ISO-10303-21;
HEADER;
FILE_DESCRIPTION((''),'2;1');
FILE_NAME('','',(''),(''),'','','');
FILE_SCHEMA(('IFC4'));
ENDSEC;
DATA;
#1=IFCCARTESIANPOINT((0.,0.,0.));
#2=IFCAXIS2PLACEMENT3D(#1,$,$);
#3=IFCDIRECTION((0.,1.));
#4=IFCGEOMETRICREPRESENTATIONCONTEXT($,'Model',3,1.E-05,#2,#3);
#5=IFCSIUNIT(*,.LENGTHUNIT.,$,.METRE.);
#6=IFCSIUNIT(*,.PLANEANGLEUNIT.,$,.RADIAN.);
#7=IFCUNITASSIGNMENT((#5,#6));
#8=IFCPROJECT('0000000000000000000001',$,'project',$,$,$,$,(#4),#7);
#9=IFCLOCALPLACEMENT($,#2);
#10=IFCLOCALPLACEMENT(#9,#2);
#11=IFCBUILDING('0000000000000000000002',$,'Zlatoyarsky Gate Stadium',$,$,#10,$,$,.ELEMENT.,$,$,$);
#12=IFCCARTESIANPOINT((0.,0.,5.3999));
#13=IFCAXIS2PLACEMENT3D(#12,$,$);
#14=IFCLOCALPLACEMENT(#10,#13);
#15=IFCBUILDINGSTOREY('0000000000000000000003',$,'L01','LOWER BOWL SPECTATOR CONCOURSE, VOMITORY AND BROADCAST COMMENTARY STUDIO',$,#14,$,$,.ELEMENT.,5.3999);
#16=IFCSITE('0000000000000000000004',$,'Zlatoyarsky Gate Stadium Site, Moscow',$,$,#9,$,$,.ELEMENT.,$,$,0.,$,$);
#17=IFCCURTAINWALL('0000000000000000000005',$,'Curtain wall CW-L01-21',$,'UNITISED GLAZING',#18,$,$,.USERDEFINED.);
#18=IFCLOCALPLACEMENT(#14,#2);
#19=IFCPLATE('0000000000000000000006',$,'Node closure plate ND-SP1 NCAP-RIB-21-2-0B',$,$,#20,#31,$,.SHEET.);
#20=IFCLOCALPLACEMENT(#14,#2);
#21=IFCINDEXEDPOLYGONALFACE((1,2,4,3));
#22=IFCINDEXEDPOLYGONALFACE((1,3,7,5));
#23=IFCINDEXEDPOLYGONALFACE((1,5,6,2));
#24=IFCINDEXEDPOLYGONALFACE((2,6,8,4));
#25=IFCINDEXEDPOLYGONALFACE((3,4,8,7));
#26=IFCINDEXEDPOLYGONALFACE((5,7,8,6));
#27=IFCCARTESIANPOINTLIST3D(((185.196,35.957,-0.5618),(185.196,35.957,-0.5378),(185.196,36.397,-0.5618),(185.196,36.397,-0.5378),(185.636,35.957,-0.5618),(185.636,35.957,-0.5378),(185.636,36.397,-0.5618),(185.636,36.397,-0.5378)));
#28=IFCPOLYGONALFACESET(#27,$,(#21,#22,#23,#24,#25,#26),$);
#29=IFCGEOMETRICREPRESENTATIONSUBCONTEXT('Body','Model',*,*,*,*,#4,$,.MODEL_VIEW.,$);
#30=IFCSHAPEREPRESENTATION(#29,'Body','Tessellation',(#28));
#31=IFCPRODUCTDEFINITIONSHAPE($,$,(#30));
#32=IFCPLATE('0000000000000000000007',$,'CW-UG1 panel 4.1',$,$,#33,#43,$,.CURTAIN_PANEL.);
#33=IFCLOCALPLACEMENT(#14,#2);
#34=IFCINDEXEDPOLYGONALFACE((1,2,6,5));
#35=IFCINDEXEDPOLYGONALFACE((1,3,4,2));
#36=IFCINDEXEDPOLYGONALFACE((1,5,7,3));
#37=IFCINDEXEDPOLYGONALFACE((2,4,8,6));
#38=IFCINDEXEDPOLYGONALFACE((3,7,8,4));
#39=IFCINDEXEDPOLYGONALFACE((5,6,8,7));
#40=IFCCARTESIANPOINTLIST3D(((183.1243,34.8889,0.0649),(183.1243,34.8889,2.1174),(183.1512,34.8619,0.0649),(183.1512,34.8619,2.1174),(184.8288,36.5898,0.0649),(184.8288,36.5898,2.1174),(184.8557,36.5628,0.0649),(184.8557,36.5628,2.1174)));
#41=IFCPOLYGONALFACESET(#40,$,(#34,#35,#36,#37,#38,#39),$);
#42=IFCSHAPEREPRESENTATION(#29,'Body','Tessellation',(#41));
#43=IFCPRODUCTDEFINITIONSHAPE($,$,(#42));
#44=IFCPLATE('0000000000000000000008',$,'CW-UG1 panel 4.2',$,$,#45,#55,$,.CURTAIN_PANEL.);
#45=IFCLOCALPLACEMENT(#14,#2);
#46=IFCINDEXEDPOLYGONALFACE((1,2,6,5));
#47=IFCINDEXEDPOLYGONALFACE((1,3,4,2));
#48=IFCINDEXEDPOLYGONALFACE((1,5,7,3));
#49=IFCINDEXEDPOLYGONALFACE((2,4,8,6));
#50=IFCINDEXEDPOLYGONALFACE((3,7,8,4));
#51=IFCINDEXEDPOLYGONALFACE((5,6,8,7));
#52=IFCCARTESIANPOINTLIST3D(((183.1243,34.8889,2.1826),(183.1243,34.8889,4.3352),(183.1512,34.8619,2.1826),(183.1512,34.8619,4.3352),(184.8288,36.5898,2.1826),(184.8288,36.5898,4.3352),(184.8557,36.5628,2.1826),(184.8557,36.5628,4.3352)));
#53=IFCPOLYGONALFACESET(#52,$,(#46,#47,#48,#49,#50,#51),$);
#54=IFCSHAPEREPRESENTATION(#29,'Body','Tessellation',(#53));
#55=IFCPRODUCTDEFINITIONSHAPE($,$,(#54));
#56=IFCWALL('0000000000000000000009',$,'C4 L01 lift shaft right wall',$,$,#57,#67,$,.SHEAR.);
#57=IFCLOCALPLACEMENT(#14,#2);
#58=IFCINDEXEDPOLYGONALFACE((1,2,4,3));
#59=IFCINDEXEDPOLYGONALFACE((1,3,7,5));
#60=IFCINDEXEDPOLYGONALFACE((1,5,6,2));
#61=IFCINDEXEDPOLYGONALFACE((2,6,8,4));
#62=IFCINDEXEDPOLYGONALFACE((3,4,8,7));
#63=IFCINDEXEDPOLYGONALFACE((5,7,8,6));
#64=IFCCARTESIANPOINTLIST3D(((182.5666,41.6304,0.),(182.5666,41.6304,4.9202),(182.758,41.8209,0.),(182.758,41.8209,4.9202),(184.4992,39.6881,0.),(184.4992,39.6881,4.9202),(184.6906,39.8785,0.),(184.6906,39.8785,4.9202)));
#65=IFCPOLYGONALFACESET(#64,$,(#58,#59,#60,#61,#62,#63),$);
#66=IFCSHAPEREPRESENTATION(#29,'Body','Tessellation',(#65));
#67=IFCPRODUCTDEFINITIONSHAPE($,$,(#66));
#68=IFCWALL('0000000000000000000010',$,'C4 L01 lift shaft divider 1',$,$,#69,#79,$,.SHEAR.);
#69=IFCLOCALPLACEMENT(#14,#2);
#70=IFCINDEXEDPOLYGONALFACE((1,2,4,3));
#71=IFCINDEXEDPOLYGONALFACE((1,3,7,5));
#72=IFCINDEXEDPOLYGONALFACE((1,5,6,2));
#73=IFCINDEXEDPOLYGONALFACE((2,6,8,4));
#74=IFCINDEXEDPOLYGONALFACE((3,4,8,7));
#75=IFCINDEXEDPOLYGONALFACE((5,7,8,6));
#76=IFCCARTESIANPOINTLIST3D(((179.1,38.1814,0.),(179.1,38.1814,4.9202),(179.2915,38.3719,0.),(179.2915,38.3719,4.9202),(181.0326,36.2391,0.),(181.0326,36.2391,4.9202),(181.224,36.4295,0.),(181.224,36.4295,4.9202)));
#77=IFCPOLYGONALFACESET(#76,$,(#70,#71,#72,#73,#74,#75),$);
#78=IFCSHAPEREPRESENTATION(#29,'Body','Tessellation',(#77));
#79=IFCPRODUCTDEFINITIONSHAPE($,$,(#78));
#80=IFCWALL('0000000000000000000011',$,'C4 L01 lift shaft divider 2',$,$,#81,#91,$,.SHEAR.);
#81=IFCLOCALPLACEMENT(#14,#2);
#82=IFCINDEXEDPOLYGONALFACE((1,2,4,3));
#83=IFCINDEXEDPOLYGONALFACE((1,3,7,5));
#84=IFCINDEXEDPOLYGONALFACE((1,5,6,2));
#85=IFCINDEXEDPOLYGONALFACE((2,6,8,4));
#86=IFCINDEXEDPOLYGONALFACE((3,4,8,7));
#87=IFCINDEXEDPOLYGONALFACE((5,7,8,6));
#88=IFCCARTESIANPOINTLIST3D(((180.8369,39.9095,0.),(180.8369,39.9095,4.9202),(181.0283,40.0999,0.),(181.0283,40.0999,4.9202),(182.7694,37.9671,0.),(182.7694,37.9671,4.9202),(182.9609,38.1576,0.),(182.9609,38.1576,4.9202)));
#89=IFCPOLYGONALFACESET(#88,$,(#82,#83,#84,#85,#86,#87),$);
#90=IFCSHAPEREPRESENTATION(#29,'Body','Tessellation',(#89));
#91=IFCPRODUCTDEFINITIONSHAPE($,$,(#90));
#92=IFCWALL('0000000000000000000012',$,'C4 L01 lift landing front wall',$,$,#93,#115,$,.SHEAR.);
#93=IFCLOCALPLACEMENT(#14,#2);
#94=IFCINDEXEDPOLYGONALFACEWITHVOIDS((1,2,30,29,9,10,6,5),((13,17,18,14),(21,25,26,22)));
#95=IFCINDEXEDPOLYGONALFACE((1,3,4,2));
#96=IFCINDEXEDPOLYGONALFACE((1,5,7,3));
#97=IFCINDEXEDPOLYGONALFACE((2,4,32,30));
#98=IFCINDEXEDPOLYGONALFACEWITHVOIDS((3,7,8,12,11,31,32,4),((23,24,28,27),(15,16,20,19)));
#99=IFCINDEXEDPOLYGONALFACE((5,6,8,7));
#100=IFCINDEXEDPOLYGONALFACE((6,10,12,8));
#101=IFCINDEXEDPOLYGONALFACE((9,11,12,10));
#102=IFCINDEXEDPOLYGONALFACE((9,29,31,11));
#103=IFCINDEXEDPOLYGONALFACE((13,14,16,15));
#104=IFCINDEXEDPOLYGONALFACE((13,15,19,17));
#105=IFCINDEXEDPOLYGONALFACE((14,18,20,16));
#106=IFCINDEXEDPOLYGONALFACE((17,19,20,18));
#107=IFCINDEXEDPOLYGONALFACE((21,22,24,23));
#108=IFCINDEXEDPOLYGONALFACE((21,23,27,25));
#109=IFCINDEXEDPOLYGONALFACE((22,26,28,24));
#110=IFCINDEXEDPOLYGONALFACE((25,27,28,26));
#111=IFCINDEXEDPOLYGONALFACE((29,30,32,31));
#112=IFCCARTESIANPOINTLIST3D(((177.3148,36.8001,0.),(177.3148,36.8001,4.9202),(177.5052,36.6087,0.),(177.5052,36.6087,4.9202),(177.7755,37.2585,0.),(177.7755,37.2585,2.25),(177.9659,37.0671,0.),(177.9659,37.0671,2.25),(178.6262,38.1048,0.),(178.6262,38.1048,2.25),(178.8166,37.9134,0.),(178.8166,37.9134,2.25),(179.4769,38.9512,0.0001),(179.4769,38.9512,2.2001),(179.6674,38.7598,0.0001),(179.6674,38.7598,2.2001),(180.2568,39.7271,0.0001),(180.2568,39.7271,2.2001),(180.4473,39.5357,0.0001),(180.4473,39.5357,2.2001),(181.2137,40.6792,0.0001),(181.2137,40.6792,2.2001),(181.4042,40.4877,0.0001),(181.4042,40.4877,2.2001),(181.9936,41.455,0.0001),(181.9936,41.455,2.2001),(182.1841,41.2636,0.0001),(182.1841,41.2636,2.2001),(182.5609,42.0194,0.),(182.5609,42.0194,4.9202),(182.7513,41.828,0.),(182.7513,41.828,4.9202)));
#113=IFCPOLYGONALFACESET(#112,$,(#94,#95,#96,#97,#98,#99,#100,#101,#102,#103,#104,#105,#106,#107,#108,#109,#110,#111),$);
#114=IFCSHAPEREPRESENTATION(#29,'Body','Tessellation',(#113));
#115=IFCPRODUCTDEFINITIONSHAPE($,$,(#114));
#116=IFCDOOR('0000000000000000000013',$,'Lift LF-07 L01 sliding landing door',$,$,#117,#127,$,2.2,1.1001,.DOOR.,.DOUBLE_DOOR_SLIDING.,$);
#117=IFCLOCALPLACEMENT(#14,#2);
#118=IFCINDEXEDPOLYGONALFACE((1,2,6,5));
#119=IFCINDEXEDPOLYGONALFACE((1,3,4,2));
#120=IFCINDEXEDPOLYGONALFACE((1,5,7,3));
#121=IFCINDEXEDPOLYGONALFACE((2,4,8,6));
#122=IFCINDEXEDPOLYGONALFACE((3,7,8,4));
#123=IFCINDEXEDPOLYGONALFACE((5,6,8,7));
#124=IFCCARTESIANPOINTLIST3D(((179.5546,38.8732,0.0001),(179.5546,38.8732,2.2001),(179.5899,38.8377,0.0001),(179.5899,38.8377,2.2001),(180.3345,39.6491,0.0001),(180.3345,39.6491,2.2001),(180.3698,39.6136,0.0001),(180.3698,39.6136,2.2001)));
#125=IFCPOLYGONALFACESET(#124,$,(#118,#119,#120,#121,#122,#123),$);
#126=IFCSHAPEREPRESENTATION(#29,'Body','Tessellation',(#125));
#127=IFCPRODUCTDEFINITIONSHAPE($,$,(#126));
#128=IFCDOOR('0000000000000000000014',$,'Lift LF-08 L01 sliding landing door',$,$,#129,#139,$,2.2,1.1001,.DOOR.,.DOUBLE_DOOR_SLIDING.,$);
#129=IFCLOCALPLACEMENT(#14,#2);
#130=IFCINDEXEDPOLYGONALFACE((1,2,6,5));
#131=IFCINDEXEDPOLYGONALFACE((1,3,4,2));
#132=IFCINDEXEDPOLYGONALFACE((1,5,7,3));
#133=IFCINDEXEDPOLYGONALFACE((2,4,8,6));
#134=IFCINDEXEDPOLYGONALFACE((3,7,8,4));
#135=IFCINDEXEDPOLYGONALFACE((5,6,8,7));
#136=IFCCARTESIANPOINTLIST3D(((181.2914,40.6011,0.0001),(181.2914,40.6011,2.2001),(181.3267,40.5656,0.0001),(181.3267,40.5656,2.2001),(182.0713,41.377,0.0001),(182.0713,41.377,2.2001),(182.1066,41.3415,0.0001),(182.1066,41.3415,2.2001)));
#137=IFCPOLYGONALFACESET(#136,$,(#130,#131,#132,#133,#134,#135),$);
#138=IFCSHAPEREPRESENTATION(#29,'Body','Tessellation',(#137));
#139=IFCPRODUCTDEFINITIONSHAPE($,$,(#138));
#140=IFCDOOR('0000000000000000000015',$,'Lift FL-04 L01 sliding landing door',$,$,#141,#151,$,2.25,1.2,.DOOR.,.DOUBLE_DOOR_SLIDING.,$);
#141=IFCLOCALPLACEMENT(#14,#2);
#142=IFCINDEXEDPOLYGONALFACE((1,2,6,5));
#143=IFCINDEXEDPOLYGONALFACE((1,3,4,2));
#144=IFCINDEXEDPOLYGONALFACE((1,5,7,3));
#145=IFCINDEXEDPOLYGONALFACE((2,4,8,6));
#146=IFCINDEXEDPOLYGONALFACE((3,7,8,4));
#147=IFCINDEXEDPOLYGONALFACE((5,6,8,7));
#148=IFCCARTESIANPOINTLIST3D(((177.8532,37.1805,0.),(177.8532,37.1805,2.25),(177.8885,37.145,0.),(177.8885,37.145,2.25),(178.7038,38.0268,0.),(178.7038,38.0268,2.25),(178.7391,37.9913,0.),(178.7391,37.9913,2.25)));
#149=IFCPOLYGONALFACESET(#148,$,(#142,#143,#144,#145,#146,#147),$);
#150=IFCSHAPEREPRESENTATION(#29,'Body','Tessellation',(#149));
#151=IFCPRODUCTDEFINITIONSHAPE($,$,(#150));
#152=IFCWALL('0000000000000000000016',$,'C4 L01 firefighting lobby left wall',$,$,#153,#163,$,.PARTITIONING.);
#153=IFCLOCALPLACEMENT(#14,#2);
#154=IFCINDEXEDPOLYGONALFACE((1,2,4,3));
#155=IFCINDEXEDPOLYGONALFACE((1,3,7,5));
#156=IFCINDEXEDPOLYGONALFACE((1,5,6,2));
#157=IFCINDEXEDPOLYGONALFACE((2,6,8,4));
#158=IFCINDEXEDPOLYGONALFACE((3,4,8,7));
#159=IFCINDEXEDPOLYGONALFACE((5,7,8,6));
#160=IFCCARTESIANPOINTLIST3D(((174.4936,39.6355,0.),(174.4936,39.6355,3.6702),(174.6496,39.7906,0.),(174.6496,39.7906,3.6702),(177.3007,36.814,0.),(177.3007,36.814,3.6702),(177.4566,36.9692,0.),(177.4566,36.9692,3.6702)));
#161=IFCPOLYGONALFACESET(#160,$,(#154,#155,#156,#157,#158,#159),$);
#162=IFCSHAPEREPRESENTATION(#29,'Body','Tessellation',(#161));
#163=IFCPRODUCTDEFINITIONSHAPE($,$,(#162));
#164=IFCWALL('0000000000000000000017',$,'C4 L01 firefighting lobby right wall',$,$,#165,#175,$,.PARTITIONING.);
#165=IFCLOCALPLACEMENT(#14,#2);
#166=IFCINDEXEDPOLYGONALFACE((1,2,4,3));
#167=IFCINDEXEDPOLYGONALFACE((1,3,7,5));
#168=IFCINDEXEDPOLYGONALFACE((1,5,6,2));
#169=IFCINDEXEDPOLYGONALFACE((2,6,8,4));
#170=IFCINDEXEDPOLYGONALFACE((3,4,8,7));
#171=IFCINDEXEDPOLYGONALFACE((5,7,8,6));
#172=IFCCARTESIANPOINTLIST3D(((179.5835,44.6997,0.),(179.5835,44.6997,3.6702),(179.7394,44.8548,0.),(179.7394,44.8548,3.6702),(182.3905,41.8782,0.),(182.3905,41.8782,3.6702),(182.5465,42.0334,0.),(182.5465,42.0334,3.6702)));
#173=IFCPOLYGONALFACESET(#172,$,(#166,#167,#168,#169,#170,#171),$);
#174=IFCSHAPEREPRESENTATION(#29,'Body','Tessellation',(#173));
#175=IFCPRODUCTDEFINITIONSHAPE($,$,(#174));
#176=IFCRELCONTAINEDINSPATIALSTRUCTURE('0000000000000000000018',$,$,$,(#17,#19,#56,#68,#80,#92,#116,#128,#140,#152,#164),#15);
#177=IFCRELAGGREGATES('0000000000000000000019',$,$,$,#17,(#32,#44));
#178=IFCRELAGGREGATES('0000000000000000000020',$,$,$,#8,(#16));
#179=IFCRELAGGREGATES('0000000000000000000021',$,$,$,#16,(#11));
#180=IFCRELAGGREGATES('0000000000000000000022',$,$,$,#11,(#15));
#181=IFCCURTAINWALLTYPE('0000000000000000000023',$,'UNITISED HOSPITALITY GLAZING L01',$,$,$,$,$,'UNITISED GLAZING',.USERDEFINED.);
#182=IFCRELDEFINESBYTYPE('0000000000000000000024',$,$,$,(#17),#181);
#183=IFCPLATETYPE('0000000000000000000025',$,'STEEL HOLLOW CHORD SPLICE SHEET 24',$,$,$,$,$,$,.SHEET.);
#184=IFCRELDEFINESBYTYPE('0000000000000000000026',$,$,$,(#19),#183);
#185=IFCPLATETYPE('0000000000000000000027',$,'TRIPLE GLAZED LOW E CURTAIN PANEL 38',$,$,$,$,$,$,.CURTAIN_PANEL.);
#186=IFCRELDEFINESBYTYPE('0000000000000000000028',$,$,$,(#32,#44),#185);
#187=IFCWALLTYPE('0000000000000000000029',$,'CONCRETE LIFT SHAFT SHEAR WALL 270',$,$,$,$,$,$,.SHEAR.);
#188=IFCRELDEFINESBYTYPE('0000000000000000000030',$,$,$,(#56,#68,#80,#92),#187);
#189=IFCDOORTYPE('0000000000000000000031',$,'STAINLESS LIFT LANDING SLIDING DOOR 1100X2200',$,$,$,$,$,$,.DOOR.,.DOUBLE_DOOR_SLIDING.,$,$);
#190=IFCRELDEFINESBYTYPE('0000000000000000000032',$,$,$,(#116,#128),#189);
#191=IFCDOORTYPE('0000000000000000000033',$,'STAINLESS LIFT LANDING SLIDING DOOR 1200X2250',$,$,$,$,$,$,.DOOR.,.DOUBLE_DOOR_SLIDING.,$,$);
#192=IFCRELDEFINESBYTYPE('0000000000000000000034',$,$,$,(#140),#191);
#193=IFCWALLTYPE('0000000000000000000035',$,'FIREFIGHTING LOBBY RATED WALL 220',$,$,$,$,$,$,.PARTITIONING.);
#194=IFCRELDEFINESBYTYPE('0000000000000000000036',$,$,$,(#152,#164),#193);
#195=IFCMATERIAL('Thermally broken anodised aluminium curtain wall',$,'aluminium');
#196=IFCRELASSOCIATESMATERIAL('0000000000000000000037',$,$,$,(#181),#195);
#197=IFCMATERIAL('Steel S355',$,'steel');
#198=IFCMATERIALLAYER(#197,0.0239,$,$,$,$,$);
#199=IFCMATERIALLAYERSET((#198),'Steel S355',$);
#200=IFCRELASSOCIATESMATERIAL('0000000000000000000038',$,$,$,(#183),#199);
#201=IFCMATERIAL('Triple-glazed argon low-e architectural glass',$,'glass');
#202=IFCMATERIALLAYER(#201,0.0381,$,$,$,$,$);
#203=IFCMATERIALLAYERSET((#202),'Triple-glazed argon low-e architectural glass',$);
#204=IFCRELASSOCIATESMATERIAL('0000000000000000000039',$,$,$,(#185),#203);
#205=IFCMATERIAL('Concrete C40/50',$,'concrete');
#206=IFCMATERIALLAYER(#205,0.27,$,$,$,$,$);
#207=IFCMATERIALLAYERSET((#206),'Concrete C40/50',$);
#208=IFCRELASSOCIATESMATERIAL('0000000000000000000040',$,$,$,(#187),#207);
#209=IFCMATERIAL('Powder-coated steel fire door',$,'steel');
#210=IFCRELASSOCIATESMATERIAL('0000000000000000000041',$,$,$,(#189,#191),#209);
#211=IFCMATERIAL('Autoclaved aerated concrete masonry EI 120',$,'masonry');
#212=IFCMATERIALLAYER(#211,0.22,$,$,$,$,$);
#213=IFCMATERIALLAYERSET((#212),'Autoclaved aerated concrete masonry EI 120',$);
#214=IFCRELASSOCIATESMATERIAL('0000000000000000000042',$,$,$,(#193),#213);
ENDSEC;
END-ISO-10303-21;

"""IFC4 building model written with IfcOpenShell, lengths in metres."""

from ifc_helpers import new_model, si_unit, direction, frame, frame_2d, origin, origin_2d, place, context, subcontext, project, spatial, rectangle, extrude, material, layer, layer_set, type_object, element, fill, aggregate, save


model = new_model("IFC4")

# Units and contexts
model_context = context("Model", 3, precision=1e-05, world=origin(), true_north=direction((0.0, 1.0)))
body_context = subcontext(model_context, "Body", "Model", "MODEL_VIEW")
ifc_project = project(units=[si_unit("LENGTHUNIT", "METRE"), si_unit("PLANEANGLEUNIT", "RADIAN")], contexts=[model_context])

# Site, building, storey
site_placement = place(None, origin())
site = spatial("IfcSite", under=ifc_project, at=site_placement, Name="Zlatoyarsky Gate Stadium Site, Moscow", CompositionType="ELEMENT", RefElevation=0.0)
building_placement = place(site_placement, origin())
building = spatial("IfcBuilding", under=site, at=building_placement, Name="Zlatoyarsky Gate Stadium", CompositionType="ELEMENT")
storey_placement = place(building_placement, frame((0.0, 0.0, 5.3999)))
storey = spatial("IfcBuildingStorey", under=building, at=storey_placement, Name="L01", Description="LOWER BOWL SPECTATOR CONCOURSE, VOMITORY AND BROADCAST COMMENTARY STUDIO", CompositionType="ELEMENT", Elevation=5.3999)

# Shared definitions
ifc_material_1 = material(Name="Concrete C40/50", Category="concrete")

# Curtain wall
ifc_material_2 = material(Name="Thermally broken anodised aluminium curtain wall", Category="aluminium")
curtain_wall_type = type_object("IfcCurtainWallType", Name="UNITISED HOSPITALITY GLAZING L01", ElementType="UNITISED GLAZING", PredefinedType="USERDEFINED", material=ifc_material_2)
curtain_wall_placement = place(storey_placement, origin())
curtain_wall = element("IfcCurtainWall", 1, at=curtain_wall_placement, inside=storey, type_object=curtain_wall_type, Name="Curtain wall CW-L01-21", ObjectType="UNITISED GLAZING", PredefinedType="USERDEFINED")

# Shared definitions
ifc_material_3 = material(Name="Steel S355", Category="steel")

# Plates
ifc_layer_1 = layer(ifc_material_3, 0.0239)
ifc_layer_set_1 = layer_set([ifc_layer_1], Name="Steel S355")
plate_type_1 = type_object("IfcPlateType", Name="STEEL HOLLOW CHORD SPLICE SHEET 24", PredefinedType="SHEET", material=ifc_layer_set_1)
plate_1_placement = place(storey_placement, frame((185.416, 36.177, -0.5618), z_axis=(0.0, 0.0, 1.0), x_axis=(1.0, 0.0, 0.0)))
element("IfcPlate", 2, at=plate_1_placement, inside=storey, type_object=plate_type_1, Name="Node closure plate ND-SP1 NCAP-RIB-21-2-0B", PredefinedType="SHEET", context=body_context, shape_type="SweptSolid", body=[
    extrude(rectangle(XDim=0.4399, YDim=0.4399, at=origin_2d()), origin(), (0.0, 0.0, 1.0), 0.0239),
])
ifc_material_4 = material(Name="Triple-glazed argon low-e architectural glass", Category="glass")
ifc_layer_2 = layer(ifc_material_4, 0.0381)
ifc_layer_set_2 = layer_set([ifc_layer_2], Name="Triple-glazed argon low-e architectural glass")
plate_type_2 = type_object("IfcPlateType", Name="TRIPLE GLAZED LOW E CURTAIN PANEL 38", PredefinedType="CURTAIN_PANEL", material=ifc_layer_set_2)
plate_2_placement = place(storey_placement, frame((183.99, 35.7258, 0.0649), z_axis=(0.0, 0.0, 1.0), x_axis=(0.707842, 0.706371, 0.0)))
plate_2 = element("IfcPlate", 3, at=plate_2_placement, type_object=plate_type_2, Name="CW-UG1 panel 4.1", PredefinedType="CURTAIN_PANEL", context=body_context, shape_type="SweptSolid", body=[
    extrude(rectangle(XDim=2.408, YDim=0.0381, at=origin_2d()), origin(), (0.0, 0.0, 1.0), 2.0525),
])
plate_3_placement = place(storey_placement, frame((183.99, 35.7258, 2.1826), z_axis=(0.0, 0.0, 1.0), x_axis=(0.707842, 0.706371, 0.0)))
plate_3 = element("IfcPlate", 4, at=plate_3_placement, type_object=plate_type_2, Name="CW-UG1 panel 4.2", PredefinedType="CURTAIN_PANEL", context=body_context, shape_type="SweptSolid", body=[
    extrude(rectangle(XDim=2.408, YDim=0.0381, at=origin_2d()), origin(), (0.0, 0.0, 1.0), 2.1526),
])
aggregate(curtain_wall, [plate_2, plate_3])

# Walls
ifc_layer_3 = layer(ifc_material_1, 0.27)
ifc_layer_set_3 = layer_set([ifc_layer_3], Name="Concrete C40/50")
wall_type_1 = type_object("IfcWallType", Name="CONCRETE LIFT SHAFT SHEAR WALL 270", PredefinedType="SHEAR", material=ifc_layer_set_3)
for number, where, z_axis, x_axis, name in (
    (5, (184.595, 39.7832, 0.0), (0.0, 0.0, 1.0), (-0.705323, 0.708887, 0.0), "C4 L01 lift shaft right wall"),
    (6, (181.1284, 36.3342, 0.0), (0.0, 0.0, 1.0), (-0.705323, 0.708887, 0.0), "C4 L01 lift shaft divider 1"),
    (7, (182.8652, 38.0623, 0.0), (0.0, 0.0, 1.0), (-0.705323, 0.708887, 0.0), "C4 L01 lift shaft divider 2"),
):
    element("IfcWall", number, at=place(storey_placement, frame(where, z_axis=z_axis, x_axis=x_axis)), inside=storey, type_object=wall_type_1, Name=name, PredefinedType="SHEAR", context=body_context, shape_type="SweptSolid", body=[
        extrude(rectangle(XDim=2.74, YDim=0.27, at=frame_2d((1.3701, 0.0))), origin(), (0.0, 0.0, 1.0), 4.9202),
    ])

# Wall, openings, doors
wall_1_placement = place(storey_placement, frame((177.4099, 36.7043, 0.0), z_axis=(0.0, 0.0, 1.0), x_axis=(0.708919, 0.70529, 0.0)))
wall_1 = element("IfcWall", 8, at=wall_1_placement, inside=storey, type_object=wall_type_1, Name="C4 L01 lift landing front wall", PredefinedType="SHEAR", context=body_context, shape_type="SweptSolid", body=[
    extrude(rectangle(XDim=7.4001, YDim=0.27, at=frame_2d((3.7002, 0.0))), origin(), (0.0, 0.0, 1.0), 4.9202),
])
opening_1_placement = place(wall_1_placement, frame((0.6499, 0.0, 0.0)))
opening_1 = element("IfcOpeningElement", 9, at=opening_1_placement, cuts=wall_1, PredefinedType="OPENING", context=body_context, shape_type="SweptSolid", body=[
    extrude(rectangle(XDim=1.2, YDim=2.25, at=frame_2d((0.6001, 1.125))), frame((0.0, 0.145, 0.0), z_axis=(0.0, -1.0, 0.0), x_axis=(1.0, 0.0, 0.0)), (0.0, 0.0, 1.0), 0.29),
])
opening_2_placement = place(wall_1_placement, frame((3.05, 0.0, 0.0)))
opening_2 = element("IfcOpeningElement", 10, at=opening_2_placement, cuts=wall_1, PredefinedType="OPENING", context=body_context, shape_type="SweptSolid", body=[
    extrude(rectangle(XDim=1.1001, YDim=2.2, at=frame_2d((0.55, 1.1001))), frame((0.0, 0.145, 0.0), z_axis=(0.0, -1.0, 0.0), x_axis=(1.0, 0.0, 0.0)), (0.0, 0.0, 1.0), 0.29),
])
opening_3_placement = place(wall_1_placement, frame((5.5, 0.0, 0.0)))
opening_3 = element("IfcOpeningElement", 11, at=opening_3_placement, cuts=wall_1, PredefinedType="OPENING", context=body_context, shape_type="SweptSolid", body=[
    extrude(rectangle(XDim=1.1001, YDim=2.2, at=frame_2d((0.55, 1.1001))), frame((0.0, 0.145, 0.0), z_axis=(0.0, -1.0, 0.0), x_axis=(1.0, 0.0, 0.0)), (0.0, 0.0, 1.0), 0.29),
])
ifc_material_5 = material(Name="Powder-coated steel fire door", Category="steel")
door_type_1 = type_object("IfcDoorType", Name="STAINLESS LIFT LANDING SLIDING DOOR 1100X2200", OperationType="DOUBLE_DOOR_SLIDING", PredefinedType="DOOR", material=ifc_material_5)
door_1_placement = place(opening_2_placement, origin())
door_1 = element("IfcDoor", 12, at=door_1_placement, inside=storey, type_object=door_type_1, Name="Lift LF-07 L01 sliding landing door", OperationType="DOUBLE_DOOR_SLIDING", OverallHeight=2.2, OverallWidth=1.1001, PredefinedType="DOOR", context=body_context, shape_type="SweptSolid", body=[
    extrude(rectangle(XDim=1.1001, YDim=2.2, at=frame_2d((0.55, 1.1001))), frame((0.0, 0.0249, 0.0), z_axis=(0.0, -1.0, 0.0), x_axis=(1.0, 0.0, 0.0)), (0.0, 0.0, 1.0), 0.05),
])
fill(opening_2, door_1)
door_2_placement = place(opening_3_placement, origin())
door_2 = element("IfcDoor", 13, at=door_2_placement, inside=storey, type_object=door_type_1, Name="Lift LF-08 L01 sliding landing door", OperationType="DOUBLE_DOOR_SLIDING", OverallHeight=2.2, OverallWidth=1.1001, PredefinedType="DOOR", context=body_context, shape_type="SweptSolid", body=[
    extrude(rectangle(XDim=1.1001, YDim=2.2, at=frame_2d((0.55, 1.1001))), frame((0.0, 0.0249, 0.0), z_axis=(0.0, -1.0, 0.0), x_axis=(1.0, 0.0, 0.0)), (0.0, 0.0, 1.0), 0.05),
])
fill(opening_3, door_2)
door_type_2 = type_object("IfcDoorType", Name="STAINLESS LIFT LANDING SLIDING DOOR 1200X2250", OperationType="DOUBLE_DOOR_SLIDING", PredefinedType="DOOR", material=ifc_material_5)
door_3_placement = place(opening_1_placement, origin())
door_3 = element("IfcDoor", 14, at=door_3_placement, inside=storey, type_object=door_type_2, Name="Lift FL-04 L01 sliding landing door", OperationType="DOUBLE_DOOR_SLIDING", OverallHeight=2.25, OverallWidth=1.2, PredefinedType="DOOR", context=body_context, shape_type="SweptSolid", body=[
    extrude(rectangle(XDim=1.2, YDim=2.25, at=frame_2d((0.6001, 1.125))), frame((0.0, 0.0249, 0.0), z_axis=(0.0, -1.0, 0.0), x_axis=(1.0, 0.0, 0.0)), (0.0, 0.0, 1.0), 0.05),
])
fill(opening_1, door_3)

# Walls
ifc_material_6 = material(Name="Autoclaved aerated concrete masonry EI 120", Category="masonry")
ifc_layer_4 = layer(ifc_material_6, 0.22)
ifc_layer_set_4 = layer_set([ifc_layer_4], Name="Autoclaved aerated concrete masonry EI 120")
wall_type_2 = type_object("IfcWallType", Name="FIREFIGHTING LOBBY RATED WALL 220", PredefinedType="PARTITIONING", material=ifc_layer_set_4)
for number, where, z_axis, x_axis, name in (
    (15, (177.3787, 36.8916, 0.0), (0.0, 0.0, 1.0), (-0.705295, 0.708914, 0.0), "C4 L01 firefighting lobby left wall"),
    (16, (182.4685, 41.9558, 0.0), (0.0, 0.0, 1.0), (-0.705295, 0.708914, 0.0), "C4 L01 firefighting lobby right wall"),
):
    element("IfcWall", number, at=place(storey_placement, frame(where, z_axis=z_axis, x_axis=x_axis)), inside=storey, type_object=wall_type_2, Name=name, PredefinedType="PARTITIONING", context=body_context, shape_type="SweptSolid", body=[
        extrude(rectangle(XDim=3.98, YDim=0.22, at=frame_2d((1.99, 0.0))), origin(), (0.0, 0.0, 1.0), 3.6702),
    ])

save(model, "model.ifc")
